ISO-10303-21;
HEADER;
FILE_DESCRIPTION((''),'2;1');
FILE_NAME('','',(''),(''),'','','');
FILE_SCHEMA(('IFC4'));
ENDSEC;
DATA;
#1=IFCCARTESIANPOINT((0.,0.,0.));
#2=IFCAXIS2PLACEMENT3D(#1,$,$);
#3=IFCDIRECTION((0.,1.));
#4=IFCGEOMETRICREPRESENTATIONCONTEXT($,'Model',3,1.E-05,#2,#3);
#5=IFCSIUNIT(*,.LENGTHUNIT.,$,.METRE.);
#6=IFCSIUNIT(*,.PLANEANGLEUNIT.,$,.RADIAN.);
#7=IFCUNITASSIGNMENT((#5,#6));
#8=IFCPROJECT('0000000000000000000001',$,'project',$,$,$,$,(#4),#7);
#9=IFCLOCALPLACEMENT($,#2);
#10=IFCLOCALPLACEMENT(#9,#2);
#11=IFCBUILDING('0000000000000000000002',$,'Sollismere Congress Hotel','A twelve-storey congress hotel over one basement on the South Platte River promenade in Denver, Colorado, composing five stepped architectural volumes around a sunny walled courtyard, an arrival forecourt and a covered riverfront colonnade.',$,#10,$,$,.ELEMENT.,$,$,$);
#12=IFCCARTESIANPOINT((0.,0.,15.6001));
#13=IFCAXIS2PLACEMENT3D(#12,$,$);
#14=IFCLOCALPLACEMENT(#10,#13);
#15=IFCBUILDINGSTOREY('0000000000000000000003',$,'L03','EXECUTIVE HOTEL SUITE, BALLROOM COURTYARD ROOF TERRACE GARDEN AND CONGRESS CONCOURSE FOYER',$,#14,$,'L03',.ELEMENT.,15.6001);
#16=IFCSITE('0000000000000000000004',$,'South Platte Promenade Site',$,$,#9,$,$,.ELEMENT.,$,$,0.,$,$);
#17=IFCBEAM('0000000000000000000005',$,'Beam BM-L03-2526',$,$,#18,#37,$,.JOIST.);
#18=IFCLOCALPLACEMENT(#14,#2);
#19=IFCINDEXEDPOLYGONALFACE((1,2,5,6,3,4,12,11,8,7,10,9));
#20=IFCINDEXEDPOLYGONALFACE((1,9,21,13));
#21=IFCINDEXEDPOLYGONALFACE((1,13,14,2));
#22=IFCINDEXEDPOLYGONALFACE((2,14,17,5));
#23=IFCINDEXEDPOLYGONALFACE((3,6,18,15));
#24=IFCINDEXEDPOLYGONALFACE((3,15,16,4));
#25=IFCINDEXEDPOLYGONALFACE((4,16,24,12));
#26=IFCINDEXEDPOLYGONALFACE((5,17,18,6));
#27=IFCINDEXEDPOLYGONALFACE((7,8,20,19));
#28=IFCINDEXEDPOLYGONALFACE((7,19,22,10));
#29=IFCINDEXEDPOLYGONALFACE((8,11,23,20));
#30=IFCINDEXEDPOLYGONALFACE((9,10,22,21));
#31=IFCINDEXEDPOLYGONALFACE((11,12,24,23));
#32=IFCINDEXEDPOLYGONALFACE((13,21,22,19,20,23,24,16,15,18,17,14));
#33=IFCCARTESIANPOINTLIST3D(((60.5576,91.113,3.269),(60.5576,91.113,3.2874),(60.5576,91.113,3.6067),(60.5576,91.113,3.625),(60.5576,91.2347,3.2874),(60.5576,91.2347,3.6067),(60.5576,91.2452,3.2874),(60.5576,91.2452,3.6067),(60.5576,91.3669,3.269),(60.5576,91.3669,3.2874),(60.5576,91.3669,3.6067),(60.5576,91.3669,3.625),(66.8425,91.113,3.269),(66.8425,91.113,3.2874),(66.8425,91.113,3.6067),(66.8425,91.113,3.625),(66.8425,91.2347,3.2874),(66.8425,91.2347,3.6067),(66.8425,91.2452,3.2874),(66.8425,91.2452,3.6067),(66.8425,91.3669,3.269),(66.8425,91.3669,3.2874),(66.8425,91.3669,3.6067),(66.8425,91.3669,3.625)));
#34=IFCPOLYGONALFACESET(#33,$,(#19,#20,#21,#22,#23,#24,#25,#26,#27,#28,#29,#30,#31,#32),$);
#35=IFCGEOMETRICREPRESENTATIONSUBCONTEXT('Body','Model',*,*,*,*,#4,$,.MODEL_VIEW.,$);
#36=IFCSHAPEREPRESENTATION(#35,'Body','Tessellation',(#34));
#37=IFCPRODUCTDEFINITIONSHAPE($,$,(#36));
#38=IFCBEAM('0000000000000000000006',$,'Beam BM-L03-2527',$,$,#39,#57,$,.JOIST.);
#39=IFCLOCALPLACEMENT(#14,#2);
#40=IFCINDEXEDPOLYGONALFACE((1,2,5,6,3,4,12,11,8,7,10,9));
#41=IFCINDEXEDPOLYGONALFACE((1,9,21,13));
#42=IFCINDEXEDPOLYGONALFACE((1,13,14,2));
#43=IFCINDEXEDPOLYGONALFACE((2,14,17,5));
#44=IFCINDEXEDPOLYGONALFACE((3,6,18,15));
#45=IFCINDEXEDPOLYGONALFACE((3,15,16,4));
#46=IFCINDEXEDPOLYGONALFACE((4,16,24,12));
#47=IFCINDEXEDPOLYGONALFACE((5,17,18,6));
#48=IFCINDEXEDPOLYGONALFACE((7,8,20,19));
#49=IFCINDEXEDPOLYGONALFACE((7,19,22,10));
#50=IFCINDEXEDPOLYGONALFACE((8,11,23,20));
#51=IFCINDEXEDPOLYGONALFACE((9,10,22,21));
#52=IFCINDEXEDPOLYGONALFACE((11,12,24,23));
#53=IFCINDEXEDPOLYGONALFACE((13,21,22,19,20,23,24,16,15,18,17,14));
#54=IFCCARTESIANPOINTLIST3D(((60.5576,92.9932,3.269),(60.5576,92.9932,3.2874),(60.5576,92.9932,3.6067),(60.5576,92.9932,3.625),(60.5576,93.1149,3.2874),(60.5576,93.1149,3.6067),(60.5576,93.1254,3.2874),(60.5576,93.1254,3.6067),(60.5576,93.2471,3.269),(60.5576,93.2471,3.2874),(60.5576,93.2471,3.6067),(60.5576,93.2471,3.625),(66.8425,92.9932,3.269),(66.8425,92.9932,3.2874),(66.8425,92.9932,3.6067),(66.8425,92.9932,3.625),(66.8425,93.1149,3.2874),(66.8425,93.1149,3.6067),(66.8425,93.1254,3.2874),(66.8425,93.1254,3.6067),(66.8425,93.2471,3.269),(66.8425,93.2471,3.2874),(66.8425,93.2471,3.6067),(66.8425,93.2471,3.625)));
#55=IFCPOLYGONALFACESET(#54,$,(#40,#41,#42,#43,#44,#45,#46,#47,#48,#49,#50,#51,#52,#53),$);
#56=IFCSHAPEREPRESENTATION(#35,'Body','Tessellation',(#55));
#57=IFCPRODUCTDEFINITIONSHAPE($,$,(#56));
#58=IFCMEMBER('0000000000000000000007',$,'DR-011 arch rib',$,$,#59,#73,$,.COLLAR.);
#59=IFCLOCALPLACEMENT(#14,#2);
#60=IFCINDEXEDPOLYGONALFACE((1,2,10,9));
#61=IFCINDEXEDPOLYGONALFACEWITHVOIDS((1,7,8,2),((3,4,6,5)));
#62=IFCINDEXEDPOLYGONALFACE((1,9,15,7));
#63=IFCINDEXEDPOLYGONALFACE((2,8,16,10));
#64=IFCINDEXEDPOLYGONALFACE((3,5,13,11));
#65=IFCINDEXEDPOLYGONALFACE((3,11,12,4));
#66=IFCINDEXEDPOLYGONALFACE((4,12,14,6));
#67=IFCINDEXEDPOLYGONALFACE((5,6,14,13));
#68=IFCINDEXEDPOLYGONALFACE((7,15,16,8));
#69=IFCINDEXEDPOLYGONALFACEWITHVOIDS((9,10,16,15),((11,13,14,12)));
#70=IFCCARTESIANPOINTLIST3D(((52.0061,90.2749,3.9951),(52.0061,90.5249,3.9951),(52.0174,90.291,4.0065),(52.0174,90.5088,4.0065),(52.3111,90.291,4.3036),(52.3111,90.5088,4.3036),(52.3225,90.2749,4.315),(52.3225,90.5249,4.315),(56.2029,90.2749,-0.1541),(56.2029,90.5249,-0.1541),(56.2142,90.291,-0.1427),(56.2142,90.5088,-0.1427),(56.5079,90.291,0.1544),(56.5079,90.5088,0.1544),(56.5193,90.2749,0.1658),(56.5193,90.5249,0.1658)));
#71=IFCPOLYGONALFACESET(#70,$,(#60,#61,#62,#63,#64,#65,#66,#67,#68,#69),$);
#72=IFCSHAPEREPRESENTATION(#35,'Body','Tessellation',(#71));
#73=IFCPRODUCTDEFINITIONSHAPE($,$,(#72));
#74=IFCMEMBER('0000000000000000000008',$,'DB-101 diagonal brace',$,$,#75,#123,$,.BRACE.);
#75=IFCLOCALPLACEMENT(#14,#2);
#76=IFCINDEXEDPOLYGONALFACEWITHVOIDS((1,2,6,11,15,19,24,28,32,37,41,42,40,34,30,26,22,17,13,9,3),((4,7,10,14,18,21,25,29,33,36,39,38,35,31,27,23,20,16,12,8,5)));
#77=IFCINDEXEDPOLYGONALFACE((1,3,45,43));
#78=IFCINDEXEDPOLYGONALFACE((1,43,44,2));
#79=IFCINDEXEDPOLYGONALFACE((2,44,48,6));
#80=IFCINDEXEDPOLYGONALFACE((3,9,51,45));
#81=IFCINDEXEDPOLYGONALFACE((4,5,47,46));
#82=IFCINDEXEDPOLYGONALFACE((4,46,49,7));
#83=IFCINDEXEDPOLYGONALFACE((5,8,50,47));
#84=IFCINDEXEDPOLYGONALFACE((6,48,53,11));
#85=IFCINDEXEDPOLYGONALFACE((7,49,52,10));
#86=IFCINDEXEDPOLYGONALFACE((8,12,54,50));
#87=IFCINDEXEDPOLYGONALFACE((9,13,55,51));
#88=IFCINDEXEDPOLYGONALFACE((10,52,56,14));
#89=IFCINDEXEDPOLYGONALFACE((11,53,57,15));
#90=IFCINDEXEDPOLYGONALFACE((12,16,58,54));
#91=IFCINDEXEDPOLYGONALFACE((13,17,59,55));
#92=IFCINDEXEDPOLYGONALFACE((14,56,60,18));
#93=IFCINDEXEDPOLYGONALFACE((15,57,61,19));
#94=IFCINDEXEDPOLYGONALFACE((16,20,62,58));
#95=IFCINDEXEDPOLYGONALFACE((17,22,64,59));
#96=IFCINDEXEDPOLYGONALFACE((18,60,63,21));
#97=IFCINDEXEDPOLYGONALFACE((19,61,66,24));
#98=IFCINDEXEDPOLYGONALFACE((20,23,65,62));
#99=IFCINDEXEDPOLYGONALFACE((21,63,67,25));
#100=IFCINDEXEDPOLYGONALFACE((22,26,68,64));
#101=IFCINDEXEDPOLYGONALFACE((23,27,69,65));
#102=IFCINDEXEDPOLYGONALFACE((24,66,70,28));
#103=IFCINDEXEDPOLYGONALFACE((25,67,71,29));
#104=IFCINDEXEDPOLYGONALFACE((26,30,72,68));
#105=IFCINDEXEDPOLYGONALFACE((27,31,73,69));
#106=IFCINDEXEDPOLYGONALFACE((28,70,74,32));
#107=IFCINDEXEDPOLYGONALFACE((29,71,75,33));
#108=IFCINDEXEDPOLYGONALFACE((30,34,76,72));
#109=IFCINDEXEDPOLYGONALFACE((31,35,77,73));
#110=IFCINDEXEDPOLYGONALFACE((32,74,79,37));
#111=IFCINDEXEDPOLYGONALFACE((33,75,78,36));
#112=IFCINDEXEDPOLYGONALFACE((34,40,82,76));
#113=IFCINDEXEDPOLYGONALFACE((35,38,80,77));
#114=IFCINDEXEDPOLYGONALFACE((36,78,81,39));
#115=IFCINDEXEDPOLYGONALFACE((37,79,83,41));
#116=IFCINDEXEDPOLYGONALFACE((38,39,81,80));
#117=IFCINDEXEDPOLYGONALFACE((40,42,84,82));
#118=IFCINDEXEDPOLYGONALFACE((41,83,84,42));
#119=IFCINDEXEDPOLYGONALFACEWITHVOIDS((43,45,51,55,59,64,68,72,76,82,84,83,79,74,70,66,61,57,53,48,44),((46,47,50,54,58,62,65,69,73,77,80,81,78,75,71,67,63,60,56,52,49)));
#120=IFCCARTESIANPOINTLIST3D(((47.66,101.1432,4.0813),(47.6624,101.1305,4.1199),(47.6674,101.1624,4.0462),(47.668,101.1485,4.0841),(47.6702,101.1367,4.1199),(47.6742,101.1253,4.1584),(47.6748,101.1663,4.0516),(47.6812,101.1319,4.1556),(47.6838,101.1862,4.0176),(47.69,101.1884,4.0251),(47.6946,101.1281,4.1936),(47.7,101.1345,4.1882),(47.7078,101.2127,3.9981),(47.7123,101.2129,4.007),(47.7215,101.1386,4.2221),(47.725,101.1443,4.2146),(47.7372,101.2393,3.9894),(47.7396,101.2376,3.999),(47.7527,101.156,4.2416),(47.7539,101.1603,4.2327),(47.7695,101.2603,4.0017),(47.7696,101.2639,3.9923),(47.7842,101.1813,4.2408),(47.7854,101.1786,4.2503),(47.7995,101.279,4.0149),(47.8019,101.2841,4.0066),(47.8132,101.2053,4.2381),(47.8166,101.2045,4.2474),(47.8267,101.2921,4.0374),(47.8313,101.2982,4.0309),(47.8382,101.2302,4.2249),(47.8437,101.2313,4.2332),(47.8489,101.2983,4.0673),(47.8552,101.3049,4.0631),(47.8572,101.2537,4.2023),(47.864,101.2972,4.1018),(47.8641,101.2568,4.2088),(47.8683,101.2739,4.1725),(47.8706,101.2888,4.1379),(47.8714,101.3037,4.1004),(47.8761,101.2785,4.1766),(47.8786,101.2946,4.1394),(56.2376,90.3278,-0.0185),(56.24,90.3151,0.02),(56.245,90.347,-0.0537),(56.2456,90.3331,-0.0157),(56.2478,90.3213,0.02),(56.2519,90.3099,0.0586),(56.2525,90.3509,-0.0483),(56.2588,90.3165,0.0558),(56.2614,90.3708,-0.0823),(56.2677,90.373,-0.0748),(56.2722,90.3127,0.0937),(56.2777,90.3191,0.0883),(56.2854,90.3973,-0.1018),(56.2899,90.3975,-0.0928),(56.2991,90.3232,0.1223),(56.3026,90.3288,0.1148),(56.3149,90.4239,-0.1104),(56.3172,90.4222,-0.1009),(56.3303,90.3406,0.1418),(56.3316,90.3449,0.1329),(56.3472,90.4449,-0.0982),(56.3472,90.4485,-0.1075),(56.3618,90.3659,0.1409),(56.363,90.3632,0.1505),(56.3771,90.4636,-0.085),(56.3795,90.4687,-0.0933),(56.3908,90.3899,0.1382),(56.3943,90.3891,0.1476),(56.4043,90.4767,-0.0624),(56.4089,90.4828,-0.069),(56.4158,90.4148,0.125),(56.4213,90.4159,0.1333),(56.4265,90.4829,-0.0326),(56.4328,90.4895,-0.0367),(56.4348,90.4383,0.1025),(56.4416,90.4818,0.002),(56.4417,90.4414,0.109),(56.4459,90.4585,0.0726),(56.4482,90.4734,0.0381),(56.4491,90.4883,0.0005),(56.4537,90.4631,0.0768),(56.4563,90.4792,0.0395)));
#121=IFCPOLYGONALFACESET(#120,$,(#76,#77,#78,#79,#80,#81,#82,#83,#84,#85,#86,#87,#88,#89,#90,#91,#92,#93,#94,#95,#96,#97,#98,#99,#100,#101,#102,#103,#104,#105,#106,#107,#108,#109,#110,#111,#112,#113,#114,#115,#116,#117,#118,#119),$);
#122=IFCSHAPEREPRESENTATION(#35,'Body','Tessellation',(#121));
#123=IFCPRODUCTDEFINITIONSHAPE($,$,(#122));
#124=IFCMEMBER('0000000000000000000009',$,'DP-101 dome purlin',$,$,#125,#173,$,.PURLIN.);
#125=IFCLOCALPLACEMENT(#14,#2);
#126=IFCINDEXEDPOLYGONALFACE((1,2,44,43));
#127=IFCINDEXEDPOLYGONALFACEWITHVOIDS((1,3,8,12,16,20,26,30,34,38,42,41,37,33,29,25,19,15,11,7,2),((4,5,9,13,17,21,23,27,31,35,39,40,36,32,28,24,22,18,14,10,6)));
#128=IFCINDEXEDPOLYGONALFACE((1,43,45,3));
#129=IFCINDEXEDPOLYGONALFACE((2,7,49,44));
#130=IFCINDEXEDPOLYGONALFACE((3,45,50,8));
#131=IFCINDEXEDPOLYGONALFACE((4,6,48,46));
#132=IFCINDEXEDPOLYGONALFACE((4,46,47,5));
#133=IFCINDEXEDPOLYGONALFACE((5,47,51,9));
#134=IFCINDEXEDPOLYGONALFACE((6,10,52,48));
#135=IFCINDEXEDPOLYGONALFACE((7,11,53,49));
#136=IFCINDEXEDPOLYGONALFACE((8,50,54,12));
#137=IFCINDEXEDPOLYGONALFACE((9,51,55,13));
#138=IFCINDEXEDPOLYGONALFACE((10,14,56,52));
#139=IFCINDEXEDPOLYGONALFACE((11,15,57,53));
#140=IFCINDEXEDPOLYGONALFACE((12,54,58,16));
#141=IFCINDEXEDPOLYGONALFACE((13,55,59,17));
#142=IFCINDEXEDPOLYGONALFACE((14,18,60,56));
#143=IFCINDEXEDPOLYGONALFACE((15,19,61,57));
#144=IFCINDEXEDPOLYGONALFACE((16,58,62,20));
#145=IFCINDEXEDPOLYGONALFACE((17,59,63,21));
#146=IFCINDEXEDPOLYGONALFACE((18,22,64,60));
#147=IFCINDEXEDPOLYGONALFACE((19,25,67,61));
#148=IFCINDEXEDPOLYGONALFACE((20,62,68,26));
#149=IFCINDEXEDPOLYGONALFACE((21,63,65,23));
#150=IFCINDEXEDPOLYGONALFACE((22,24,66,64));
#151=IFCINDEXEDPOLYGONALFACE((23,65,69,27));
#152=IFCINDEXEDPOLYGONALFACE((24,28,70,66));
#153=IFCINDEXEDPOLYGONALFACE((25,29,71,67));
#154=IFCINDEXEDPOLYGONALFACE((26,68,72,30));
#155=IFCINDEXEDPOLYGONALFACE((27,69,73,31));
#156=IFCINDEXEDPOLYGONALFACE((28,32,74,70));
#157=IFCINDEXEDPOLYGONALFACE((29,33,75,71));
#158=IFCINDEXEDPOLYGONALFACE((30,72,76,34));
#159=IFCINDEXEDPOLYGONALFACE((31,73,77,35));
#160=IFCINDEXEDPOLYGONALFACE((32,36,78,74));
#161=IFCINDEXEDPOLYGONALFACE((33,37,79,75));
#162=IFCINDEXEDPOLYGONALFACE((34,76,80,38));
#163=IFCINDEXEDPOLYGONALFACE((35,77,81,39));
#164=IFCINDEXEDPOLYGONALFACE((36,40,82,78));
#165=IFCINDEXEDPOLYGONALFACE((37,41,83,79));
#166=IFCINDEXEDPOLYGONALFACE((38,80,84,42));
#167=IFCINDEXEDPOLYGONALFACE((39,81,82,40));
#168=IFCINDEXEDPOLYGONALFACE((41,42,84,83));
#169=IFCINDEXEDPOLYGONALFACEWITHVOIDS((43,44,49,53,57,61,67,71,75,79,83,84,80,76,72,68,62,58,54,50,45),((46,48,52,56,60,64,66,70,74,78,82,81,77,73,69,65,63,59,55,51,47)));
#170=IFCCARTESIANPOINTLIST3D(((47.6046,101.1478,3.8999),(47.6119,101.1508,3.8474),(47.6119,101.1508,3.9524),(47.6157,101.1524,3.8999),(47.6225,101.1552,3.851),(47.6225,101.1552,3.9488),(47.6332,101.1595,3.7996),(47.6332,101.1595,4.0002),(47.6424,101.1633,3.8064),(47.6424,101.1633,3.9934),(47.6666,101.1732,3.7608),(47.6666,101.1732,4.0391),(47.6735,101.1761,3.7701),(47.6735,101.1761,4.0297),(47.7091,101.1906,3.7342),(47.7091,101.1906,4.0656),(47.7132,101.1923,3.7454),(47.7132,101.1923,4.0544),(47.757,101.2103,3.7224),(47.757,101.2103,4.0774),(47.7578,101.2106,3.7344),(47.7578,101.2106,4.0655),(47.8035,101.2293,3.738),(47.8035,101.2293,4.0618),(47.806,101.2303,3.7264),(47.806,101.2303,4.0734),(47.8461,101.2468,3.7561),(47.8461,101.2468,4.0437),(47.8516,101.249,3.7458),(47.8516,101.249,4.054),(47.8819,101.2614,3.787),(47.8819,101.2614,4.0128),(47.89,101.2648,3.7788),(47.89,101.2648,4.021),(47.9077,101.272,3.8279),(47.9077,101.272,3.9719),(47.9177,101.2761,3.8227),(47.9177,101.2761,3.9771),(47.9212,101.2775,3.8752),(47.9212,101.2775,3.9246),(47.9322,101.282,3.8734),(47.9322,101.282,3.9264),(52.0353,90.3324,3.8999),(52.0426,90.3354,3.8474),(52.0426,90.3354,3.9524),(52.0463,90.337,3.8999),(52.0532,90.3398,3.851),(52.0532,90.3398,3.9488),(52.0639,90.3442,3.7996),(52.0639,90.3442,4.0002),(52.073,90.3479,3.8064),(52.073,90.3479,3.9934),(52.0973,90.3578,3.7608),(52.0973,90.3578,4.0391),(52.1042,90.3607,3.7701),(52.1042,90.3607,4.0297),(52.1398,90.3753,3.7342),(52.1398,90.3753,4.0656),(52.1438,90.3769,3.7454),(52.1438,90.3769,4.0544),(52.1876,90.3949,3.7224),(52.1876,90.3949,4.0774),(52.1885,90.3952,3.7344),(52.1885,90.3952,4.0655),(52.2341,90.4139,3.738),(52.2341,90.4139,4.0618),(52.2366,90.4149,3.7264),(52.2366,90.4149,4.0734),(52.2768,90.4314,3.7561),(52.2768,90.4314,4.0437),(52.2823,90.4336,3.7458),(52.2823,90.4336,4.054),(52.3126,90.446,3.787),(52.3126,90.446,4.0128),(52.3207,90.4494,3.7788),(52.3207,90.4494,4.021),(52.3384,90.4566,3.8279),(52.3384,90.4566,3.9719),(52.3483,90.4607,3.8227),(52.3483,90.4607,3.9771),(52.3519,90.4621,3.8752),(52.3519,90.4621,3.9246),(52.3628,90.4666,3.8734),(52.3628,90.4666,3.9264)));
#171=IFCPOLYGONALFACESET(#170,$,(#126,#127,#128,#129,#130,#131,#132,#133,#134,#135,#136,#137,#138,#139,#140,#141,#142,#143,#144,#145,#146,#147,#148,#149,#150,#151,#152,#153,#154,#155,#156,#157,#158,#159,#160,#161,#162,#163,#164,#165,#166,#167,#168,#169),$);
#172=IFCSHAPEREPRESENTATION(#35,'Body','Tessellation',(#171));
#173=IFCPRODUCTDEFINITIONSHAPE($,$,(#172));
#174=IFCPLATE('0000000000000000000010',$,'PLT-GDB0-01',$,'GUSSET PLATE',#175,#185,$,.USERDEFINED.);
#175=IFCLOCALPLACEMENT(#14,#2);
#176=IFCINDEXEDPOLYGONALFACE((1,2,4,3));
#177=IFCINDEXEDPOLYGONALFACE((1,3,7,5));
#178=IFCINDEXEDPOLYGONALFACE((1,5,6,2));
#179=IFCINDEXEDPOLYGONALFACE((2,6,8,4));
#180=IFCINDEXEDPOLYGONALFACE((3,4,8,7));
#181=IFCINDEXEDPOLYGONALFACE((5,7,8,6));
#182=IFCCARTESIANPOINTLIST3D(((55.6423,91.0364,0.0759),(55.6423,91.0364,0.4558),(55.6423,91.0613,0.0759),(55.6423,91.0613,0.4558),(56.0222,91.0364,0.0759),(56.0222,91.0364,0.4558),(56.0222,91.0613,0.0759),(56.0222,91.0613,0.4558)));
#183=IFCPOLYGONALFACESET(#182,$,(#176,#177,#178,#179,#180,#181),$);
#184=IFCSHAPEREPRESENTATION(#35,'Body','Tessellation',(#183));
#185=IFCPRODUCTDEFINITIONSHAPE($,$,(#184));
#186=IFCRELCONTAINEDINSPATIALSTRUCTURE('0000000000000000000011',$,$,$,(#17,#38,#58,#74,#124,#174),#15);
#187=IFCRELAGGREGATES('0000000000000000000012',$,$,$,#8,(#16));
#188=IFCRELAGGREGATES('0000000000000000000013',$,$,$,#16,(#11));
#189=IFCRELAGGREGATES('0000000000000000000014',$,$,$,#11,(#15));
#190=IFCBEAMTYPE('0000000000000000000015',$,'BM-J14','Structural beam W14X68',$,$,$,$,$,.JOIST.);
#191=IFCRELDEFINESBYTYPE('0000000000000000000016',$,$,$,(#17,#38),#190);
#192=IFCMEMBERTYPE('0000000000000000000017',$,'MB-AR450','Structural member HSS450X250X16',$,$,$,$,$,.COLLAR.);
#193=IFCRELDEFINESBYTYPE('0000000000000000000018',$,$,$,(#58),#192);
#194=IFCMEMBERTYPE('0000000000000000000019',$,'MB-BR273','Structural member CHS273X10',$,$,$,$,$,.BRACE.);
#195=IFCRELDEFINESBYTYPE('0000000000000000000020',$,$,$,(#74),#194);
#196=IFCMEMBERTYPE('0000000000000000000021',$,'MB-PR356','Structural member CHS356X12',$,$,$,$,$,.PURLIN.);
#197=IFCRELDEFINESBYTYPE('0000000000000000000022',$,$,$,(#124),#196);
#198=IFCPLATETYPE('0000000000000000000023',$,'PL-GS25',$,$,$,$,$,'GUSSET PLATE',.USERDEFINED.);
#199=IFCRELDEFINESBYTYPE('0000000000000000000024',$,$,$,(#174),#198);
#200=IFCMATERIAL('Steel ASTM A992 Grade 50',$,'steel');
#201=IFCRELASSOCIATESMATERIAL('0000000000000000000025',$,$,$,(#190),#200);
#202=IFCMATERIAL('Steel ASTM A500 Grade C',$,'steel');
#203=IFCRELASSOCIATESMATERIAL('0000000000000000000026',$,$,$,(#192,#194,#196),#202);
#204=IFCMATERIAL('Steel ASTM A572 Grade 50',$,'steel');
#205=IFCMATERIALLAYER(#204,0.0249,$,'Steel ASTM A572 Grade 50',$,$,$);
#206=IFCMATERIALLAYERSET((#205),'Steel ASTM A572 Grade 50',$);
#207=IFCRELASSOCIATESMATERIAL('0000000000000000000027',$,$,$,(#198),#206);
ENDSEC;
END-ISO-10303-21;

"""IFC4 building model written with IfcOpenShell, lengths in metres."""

from ifc_helpers import new_model, si_unit, direction, frame, origin, origin_2d, place, context, subcontext, project, spatial, rectangle, hollow_rectangle, hollow_circle, i_section, extrude, material, layer, layer_set, material_profile, profile_set, type_object, element, save


model = new_model("IFC4")

# Units and contexts
model_context = context("Model", 3, precision=1e-05, world=origin(), true_north=direction((0.0, 1.0)))
body_context = subcontext(model_context, "Body", "Model", "MODEL_VIEW")
ifc_project = project(units=[si_unit("LENGTHUNIT", "METRE"), si_unit("PLANEANGLEUNIT", "RADIAN")], contexts=[model_context])

# Site, building, storey
site_placement = place(None, origin())
site = spatial("IfcSite", under=ifc_project, at=site_placement, Name="South Platte Promenade Site", CompositionType="ELEMENT", RefElevation=0.0)
building_placement = place(site_placement, origin())
building = spatial("IfcBuilding", under=site, at=building_placement, Name="Sollismere Congress Hotel", Description="A twelve-storey congress hotel over one basement on the South Platte River promenade in Denver, Colorado, composing five stepped architectural volumes around a sunny walled courtyard, an arrival forecourt and a covered riverfront colonnade.", CompositionType="ELEMENT")
storey_placement = place(building_placement, frame((0.0, 0.0, 15.6001)))
storey = spatial("IfcBuildingStorey", under=building, at=storey_placement, Name="L03", Description="EXECUTIVE HOTEL SUITE, BALLROOM COURTYARD ROOF TERRACE GARDEN AND CONGRESS CONCOURSE FOYER", LongName="L03", CompositionType="ELEMENT", Elevation=15.6001)

# Shared definitions
ifc_material_1 = material(Name="Steel ASTM A992 Grade 50", Category="steel")

# Beams
ifc_material_profile_1 = material_profile(ifc_material_1, i_section(OverallWidth=0.2539, OverallDepth=0.356, WebThickness=0.0105, FlangeThickness=0.0183, at=origin_2d()), Name="W14X68")
ifc_profile_set_1 = profile_set([ifc_material_profile_1], Name="Steel ASTM A992 Grade 50")
beam_type_1 = type_object("IfcBeamType", Name="BM-J14", Description="Structural beam W14X68", PredefinedType="JOIST", material=ifc_profile_set_1)
for number, where, z_axis, x_axis, name in (
    (1, (60.5576, 91.24, 3.447), (1.0, 0.0, 0.0), (0.0, 1.0, 0.0), "Beam BM-L03-2526"),
    (2, (60.5576, 93.1201, 3.447), (1.0, 0.0, 0.0), (0.0, 1.0, 0.0), "Beam BM-L03-2527"),
):
    element("IfcBeam", number, at=place(storey_placement, frame(where, z_axis=z_axis, x_axis=x_axis)), inside=storey, type_object=beam_type_1, Name=name, PredefinedType="JOIST", context=body_context, shape_type="SweptSolid", body=[
        extrude(i_section(OverallWidth=0.2539, OverallDepth=0.356, WebThickness=0.0105, FlangeThickness=0.0183, at=origin_2d()), origin(), (0.0, 0.0, 1.0), 6.2849),
    ])

# Members
ifc_material_2 = material(Name="Steel ASTM A500 Grade C", Category="steel")
ifc_material_profile_2 = material_profile(ifc_material_2, hollow_rectangle(XDim=0.25, YDim=0.45, WallThickness=0.0161, at=origin_2d()), Name="HSS450X250X16")
ifc_profile_set_2 = profile_set([ifc_material_profile_2], Name="Steel ASTM A500 Grade C")
member_type_1 = type_object("IfcMemberType", Name="MB-AR450", Description="Structural member HSS450X250X16", PredefinedType="COLLAR", material=ifc_profile_set_2)
member_1_placement = place(storey_placement, frame((56.3611, 90.3999, 0.0059), z_axis=(-0.711129, 0.0, 0.703062), x_axis=(0.0, -1.0, 0.0)))
element("IfcMember", 3, at=member_1_placement, inside=storey, type_object=member_type_1, Name="DR-011 arch rib", PredefinedType="COLLAR", context=body_context, shape_type="SweptSolid", body=[
    extrude(hollow_rectangle(XDim=0.25, YDim=0.45, WallThickness=0.0161, at=origin_2d()), origin(), (0.0, 0.0, 1.0), 5.9016),
])
ifc_material_profile_3 = material_profile(ifc_material_2, hollow_circle(Radius=0.1365, WallThickness=0.01, at=origin_2d()), Name="CHS273X10")
ifc_profile_set_3 = profile_set([ifc_material_profile_3], Name="Steel ASTM A500 Grade C")
member_type_2 = type_object("IfcMemberType", Name="MB-BR273", Description="Structural member CHS273X10", PredefinedType="BRACE", material=ifc_profile_set_3)
member_2_placement = place(storey_placement, frame((56.3469, 90.3999, 0.02), z_axis=(-0.595672, 0.751075, 0.284713), x_axis=(-0.783502, -0.621389, 0.0)))
element("IfcMember", 4, at=member_2_placement, inside=storey, type_object=member_type_2, Name="DB-101 diagonal brace", PredefinedType="BRACE", context=body_context, shape_type="SweptSolid", body=[
    extrude(hollow_circle(Radius=0.1365, WallThickness=0.01, at=origin_2d()), origin(), (0.0, 0.0, 1.0), 14.3999),
])
ifc_material_profile_4 = material_profile(ifc_material_2, hollow_circle(Radius=0.178, WallThickness=0.012, at=origin_2d()), Name="CHS356X12")
ifc_profile_set_4 = profile_set([ifc_material_profile_4], Name="Steel ASTM A500 Grade C")
member_type_3 = type_object("IfcMemberType", Name="MB-PR356", Description="Structural member CHS356X12", PredefinedType="PURLIN", material=ifc_profile_set_4)
member_3_placement = place(storey_placement, frame((52.2, 90.3999, 3.8999), z_axis=(-0.379085, 0.925362, 0.0), x_axis=(-0.925362, -0.379085, 0.0)))
element("IfcMember", 5, at=member_3_placement, inside=storey, type_object=member_type_3, Name="DP-101 dome purlin", PredefinedType="PURLIN", context=body_context, shape_type="SweptSolid", body=[
    extrude(hollow_circle(Radius=0.178, WallThickness=0.012, at=origin_2d()), origin(), (0.0, 0.0, 1.0), 11.6877),
])

# Plate
ifc_material_3 = material(Name="Steel ASTM A572 Grade 50", Category="steel")
ifc_layer_1 = layer(ifc_material_3, 0.0249, Name="Steel ASTM A572 Grade 50")
ifc_layer_set_1 = layer_set([ifc_layer_1], Name="Steel ASTM A572 Grade 50")
plate_type_1 = type_object("IfcPlateType", Name="PL-GS25", ElementType="GUSSET PLATE", PredefinedType="USERDEFINED", material=ifc_layer_set_1)
plate_1_placement = place(storey_placement, frame((55.8323, 91.0488, 0.0759), z_axis=(0.0, 0.0, 1.0), x_axis=(1.0, 0.0, 0.0)))
element("IfcPlate", 6, at=plate_1_placement, inside=storey, type_object=plate_type_1, Name="PLT-GDB0-01", ObjectType="GUSSET PLATE", PredefinedType="USERDEFINED", context=body_context, shape_type="SweptSolid", body=[
    extrude(rectangle(XDim=0.3799, YDim=0.0249, at=origin_2d()), origin(), (0.0, 0.0, 1.0), 0.3799),
])

save(model, "model.ifc")
